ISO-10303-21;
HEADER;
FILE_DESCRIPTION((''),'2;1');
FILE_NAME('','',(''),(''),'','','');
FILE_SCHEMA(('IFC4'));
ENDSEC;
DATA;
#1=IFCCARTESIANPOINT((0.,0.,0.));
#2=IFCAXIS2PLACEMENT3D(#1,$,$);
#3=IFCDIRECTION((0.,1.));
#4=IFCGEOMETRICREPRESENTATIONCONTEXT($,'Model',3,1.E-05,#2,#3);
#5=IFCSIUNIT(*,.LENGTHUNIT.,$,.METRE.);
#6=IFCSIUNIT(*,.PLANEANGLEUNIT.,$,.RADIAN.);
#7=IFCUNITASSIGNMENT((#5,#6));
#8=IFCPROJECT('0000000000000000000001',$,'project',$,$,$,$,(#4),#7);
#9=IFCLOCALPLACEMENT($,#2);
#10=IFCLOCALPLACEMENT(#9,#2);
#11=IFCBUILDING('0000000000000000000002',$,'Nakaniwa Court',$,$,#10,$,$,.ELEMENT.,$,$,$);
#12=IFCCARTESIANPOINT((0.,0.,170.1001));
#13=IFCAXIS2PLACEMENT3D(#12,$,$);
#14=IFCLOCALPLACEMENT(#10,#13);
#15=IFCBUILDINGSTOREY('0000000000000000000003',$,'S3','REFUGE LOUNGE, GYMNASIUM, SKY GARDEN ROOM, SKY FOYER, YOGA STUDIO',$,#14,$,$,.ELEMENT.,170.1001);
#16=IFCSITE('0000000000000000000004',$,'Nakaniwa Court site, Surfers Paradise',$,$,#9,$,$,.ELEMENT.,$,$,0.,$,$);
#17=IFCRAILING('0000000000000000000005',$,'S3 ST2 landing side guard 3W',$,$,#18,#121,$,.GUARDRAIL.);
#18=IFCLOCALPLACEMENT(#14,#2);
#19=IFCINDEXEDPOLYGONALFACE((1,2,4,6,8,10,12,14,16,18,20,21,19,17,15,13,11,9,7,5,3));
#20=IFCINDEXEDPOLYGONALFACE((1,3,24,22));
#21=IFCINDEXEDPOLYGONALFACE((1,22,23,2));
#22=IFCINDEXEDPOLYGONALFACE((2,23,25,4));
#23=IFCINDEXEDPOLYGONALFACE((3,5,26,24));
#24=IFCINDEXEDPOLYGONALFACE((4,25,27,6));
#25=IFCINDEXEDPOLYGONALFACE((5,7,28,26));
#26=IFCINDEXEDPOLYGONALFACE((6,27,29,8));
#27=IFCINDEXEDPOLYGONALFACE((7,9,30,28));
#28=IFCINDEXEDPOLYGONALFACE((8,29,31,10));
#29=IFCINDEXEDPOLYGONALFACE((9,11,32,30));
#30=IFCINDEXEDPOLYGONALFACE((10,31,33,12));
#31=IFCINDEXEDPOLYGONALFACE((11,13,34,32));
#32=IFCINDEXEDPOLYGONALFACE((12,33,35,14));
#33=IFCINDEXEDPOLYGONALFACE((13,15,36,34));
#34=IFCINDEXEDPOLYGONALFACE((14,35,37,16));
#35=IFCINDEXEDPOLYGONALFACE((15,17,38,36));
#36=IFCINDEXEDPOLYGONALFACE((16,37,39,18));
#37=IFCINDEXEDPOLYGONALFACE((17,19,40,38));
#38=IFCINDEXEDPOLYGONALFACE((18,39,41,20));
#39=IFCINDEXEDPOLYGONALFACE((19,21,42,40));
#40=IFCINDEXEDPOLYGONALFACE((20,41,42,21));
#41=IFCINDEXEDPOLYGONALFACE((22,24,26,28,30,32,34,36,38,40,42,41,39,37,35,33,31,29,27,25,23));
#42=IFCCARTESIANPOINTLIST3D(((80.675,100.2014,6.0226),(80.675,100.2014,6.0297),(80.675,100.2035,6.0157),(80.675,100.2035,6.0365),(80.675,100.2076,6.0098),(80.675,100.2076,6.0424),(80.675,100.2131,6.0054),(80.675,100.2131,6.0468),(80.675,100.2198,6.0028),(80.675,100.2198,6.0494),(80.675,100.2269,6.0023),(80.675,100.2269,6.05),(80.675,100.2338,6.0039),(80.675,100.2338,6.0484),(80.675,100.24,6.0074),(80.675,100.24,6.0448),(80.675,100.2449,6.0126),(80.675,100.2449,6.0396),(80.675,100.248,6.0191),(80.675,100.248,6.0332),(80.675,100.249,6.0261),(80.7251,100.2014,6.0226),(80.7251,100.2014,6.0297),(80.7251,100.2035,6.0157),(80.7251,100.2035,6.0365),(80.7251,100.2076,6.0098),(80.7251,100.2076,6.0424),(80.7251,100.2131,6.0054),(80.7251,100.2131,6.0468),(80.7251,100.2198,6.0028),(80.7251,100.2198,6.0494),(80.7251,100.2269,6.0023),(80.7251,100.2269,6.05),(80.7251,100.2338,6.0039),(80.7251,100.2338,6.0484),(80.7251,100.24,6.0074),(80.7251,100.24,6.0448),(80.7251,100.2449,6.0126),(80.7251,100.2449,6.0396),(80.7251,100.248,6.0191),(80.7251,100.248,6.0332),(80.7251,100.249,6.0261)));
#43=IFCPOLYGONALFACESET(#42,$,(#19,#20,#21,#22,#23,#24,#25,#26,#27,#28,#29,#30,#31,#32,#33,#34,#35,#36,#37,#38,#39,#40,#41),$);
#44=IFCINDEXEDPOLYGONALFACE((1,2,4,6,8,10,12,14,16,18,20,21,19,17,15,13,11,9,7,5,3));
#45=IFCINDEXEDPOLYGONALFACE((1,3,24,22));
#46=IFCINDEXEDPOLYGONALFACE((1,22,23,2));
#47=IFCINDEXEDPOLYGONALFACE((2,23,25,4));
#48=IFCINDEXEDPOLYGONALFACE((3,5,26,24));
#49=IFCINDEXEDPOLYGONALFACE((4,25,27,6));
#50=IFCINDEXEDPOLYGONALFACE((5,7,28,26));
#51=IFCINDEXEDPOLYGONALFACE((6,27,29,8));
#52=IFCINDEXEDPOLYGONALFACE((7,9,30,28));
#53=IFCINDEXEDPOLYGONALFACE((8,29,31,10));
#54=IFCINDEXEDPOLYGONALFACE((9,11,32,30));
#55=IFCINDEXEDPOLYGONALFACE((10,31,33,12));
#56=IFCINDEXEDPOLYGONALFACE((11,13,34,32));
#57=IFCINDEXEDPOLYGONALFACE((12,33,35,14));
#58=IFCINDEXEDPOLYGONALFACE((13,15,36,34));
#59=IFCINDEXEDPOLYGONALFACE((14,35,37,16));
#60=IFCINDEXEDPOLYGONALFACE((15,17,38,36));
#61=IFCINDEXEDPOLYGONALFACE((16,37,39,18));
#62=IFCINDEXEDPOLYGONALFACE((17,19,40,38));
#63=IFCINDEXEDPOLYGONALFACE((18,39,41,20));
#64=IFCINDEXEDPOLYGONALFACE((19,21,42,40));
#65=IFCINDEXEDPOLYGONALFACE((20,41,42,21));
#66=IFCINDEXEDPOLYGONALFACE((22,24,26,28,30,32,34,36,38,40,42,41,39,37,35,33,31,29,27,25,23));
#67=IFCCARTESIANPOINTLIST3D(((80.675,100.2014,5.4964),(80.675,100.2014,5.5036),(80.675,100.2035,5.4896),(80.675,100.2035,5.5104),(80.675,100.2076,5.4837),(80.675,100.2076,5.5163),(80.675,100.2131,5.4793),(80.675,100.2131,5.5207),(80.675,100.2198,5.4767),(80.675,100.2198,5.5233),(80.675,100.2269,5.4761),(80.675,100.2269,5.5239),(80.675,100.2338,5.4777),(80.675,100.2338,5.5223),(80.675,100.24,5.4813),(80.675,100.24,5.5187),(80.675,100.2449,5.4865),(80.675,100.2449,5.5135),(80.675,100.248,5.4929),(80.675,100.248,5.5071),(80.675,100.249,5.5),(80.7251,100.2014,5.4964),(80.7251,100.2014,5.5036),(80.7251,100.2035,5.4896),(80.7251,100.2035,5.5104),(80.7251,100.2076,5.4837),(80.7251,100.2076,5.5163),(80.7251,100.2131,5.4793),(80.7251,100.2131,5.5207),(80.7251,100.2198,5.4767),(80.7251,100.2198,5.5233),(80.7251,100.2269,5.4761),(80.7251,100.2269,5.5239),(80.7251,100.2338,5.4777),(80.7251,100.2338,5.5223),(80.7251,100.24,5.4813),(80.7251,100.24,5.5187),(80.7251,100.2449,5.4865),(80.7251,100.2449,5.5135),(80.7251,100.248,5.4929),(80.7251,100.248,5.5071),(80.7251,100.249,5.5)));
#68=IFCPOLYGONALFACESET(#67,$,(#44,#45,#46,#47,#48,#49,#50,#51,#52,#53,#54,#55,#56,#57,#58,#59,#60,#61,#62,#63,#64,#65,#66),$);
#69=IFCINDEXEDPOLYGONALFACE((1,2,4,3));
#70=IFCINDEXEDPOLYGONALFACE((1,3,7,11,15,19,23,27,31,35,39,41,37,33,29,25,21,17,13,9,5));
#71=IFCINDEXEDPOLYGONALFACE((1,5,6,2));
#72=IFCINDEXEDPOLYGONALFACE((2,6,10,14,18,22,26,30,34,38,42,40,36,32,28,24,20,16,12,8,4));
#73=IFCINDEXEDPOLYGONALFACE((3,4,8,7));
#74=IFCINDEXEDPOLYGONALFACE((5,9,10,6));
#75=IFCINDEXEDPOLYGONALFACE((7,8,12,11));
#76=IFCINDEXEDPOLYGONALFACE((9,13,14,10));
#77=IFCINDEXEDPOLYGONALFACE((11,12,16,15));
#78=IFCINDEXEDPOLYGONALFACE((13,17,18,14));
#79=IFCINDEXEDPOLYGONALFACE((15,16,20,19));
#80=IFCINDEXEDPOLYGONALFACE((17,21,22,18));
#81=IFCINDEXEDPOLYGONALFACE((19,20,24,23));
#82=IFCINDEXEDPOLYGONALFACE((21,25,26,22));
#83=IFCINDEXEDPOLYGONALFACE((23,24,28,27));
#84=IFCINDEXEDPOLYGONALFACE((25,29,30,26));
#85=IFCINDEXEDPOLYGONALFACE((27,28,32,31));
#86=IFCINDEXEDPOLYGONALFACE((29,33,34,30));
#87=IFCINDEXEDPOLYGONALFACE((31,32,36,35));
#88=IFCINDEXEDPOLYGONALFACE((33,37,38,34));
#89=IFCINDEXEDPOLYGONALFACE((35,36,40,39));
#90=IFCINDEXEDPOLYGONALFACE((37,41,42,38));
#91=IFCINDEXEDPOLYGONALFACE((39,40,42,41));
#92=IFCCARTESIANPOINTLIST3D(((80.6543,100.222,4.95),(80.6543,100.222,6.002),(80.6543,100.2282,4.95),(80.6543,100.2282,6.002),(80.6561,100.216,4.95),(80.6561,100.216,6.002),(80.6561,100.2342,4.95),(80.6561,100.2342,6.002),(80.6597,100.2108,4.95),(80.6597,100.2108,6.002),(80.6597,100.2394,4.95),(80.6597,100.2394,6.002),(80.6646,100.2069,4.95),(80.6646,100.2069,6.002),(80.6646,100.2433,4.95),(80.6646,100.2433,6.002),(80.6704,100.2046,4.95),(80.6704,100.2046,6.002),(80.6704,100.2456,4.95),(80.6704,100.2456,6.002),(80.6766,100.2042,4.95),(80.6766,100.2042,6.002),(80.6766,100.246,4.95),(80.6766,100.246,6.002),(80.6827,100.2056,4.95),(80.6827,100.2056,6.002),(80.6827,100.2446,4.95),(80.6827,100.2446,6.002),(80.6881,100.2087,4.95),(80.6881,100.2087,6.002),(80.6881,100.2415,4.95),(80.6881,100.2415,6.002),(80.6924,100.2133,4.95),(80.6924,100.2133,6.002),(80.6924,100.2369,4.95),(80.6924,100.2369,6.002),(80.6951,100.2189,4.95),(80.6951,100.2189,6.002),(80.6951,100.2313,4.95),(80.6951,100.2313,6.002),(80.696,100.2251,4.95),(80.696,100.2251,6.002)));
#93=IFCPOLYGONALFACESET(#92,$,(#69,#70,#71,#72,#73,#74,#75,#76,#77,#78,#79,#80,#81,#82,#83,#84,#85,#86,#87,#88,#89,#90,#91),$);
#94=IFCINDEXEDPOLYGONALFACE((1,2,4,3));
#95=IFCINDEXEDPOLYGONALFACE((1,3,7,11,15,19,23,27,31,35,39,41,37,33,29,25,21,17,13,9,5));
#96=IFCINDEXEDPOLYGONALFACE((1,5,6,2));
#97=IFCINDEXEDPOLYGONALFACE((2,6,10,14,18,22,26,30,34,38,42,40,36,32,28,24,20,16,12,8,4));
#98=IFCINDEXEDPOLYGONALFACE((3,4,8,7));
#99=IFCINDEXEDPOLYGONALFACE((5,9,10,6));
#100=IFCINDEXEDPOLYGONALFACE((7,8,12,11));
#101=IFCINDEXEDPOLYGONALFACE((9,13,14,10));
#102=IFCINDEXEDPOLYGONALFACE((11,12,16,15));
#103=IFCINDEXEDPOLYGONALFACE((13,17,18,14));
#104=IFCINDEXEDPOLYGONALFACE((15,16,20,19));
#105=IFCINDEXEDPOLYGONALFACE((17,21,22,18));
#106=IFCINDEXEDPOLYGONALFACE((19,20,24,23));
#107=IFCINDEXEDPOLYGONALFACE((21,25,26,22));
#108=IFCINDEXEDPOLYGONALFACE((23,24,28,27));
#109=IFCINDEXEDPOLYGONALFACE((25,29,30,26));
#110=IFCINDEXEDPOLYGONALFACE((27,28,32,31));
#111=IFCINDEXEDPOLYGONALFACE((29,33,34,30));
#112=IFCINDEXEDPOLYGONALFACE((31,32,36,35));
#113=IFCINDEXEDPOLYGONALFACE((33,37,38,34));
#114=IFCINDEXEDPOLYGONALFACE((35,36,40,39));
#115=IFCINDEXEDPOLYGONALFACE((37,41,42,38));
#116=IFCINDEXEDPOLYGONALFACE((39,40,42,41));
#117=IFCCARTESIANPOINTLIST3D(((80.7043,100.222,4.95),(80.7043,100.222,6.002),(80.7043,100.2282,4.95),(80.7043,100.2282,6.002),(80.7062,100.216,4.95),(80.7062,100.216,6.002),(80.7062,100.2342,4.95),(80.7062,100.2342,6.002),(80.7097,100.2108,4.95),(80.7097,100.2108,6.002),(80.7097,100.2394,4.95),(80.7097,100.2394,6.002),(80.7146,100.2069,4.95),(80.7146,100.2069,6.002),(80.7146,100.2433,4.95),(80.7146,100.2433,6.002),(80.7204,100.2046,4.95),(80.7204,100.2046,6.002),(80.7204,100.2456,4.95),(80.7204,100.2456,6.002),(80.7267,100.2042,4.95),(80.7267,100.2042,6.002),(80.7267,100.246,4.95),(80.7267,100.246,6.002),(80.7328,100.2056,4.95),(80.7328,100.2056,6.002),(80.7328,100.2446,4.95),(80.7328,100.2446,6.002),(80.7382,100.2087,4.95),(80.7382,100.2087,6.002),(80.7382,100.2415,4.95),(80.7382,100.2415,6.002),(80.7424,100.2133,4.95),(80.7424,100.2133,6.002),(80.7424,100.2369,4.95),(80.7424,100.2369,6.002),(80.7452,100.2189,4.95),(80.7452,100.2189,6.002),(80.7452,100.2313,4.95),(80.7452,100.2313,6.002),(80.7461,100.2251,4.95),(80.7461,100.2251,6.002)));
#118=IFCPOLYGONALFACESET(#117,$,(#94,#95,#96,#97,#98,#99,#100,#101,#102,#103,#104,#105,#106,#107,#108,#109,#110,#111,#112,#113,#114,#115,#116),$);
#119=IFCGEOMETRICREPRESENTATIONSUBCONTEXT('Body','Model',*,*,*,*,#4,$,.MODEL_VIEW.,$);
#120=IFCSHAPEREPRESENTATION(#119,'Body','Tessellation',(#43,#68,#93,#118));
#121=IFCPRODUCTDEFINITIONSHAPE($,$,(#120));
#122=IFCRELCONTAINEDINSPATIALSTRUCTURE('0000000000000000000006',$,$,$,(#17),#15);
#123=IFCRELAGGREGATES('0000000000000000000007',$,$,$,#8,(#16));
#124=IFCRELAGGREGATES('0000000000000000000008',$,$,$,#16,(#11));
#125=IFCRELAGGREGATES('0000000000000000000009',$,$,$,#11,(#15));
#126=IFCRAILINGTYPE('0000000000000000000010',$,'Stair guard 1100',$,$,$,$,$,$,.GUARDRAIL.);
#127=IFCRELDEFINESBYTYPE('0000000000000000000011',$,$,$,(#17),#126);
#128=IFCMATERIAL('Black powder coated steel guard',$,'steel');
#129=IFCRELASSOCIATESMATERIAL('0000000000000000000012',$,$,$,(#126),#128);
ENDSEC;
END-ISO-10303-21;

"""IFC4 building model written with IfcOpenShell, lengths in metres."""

from ifc_helpers import new_model, si_unit, direction, frame, origin, origin_2d, place, context, subcontext, project, spatial, circle, extrude, material, type_object, element, save


model = new_model("IFC4")

# Units and contexts
model_context = context("Model", 3, precision=1e-05, world=origin(), true_north=direction((0.0, 1.0)))
body_context = subcontext(model_context, "Body", "Model", "MODEL_VIEW")
ifc_project = project(units=[si_unit("LENGTHUNIT", "METRE"), si_unit("PLANEANGLEUNIT", "RADIAN")], contexts=[model_context])

# Site, building, storey
site_placement = place(None, origin())
site = spatial("IfcSite", under=ifc_project, at=site_placement, Name="Nakaniwa Court site, Surfers Paradise", CompositionType="ELEMENT", RefElevation=0.0)
building_placement = place(site_placement, origin())
building = spatial("IfcBuilding", under=site, at=building_placement, Name="Nakaniwa Court", CompositionType="ELEMENT")
storey_placement = place(building_placement, frame((0.0, 0.0, 170.1001)))
storey = spatial("IfcBuildingStorey", under=building, at=storey_placement, Name="S3", Description="REFUGE LOUNGE, GYMNASIUM, SKY GARDEN ROOM, SKY FOYER, YOGA STUDIO", CompositionType="ELEMENT", Elevation=170.1001)

# Railing
ifc_material_1 = material(Name="Black powder coated steel guard", Category="steel")
railing_type_1 = type_object("IfcRailingType", Name="Stair guard 1100", PredefinedType="GUARDRAIL", material=ifc_material_1)
for number, where, name in (
    (1, (80.675, 100.2251, 4.95), "S3 ST2 landing side guard 3W"),
):
    element("IfcRailing", number, at=place(storey_placement, frame(where)), inside=storey, type_object=railing_type_1, Name=name, PredefinedType="GUARDRAIL", context=body_context, shape_type="SweptSolid", body=[
        extrude(circle(Radius=0.0239, at=origin_2d()), frame((0.0, 0.0, 1.0762), z_axis=(1.0, 0.0, 0.0), x_axis=(0.0, 1.0, 0.0)), (0.0, 0.0, 1.0), 0.05),
        extrude(circle(Radius=0.0239, at=origin_2d()), frame((0.0, 0.0, 0.55), z_axis=(1.0, 0.0, 0.0), x_axis=(0.0, 1.0, 0.0)), (0.0, 0.0, 1.0), 0.05),
        extrude(circle(Radius=0.021, at=origin_2d()), origin(), (0.0, 0.0, 1.0), 1.052),
        extrude(circle(Radius=0.021, at=origin_2d()), frame((0.05, 0.0, 0.0)), (0.0, 0.0, 1.0), 1.052),
    ])

save(model, "model.ifc")
